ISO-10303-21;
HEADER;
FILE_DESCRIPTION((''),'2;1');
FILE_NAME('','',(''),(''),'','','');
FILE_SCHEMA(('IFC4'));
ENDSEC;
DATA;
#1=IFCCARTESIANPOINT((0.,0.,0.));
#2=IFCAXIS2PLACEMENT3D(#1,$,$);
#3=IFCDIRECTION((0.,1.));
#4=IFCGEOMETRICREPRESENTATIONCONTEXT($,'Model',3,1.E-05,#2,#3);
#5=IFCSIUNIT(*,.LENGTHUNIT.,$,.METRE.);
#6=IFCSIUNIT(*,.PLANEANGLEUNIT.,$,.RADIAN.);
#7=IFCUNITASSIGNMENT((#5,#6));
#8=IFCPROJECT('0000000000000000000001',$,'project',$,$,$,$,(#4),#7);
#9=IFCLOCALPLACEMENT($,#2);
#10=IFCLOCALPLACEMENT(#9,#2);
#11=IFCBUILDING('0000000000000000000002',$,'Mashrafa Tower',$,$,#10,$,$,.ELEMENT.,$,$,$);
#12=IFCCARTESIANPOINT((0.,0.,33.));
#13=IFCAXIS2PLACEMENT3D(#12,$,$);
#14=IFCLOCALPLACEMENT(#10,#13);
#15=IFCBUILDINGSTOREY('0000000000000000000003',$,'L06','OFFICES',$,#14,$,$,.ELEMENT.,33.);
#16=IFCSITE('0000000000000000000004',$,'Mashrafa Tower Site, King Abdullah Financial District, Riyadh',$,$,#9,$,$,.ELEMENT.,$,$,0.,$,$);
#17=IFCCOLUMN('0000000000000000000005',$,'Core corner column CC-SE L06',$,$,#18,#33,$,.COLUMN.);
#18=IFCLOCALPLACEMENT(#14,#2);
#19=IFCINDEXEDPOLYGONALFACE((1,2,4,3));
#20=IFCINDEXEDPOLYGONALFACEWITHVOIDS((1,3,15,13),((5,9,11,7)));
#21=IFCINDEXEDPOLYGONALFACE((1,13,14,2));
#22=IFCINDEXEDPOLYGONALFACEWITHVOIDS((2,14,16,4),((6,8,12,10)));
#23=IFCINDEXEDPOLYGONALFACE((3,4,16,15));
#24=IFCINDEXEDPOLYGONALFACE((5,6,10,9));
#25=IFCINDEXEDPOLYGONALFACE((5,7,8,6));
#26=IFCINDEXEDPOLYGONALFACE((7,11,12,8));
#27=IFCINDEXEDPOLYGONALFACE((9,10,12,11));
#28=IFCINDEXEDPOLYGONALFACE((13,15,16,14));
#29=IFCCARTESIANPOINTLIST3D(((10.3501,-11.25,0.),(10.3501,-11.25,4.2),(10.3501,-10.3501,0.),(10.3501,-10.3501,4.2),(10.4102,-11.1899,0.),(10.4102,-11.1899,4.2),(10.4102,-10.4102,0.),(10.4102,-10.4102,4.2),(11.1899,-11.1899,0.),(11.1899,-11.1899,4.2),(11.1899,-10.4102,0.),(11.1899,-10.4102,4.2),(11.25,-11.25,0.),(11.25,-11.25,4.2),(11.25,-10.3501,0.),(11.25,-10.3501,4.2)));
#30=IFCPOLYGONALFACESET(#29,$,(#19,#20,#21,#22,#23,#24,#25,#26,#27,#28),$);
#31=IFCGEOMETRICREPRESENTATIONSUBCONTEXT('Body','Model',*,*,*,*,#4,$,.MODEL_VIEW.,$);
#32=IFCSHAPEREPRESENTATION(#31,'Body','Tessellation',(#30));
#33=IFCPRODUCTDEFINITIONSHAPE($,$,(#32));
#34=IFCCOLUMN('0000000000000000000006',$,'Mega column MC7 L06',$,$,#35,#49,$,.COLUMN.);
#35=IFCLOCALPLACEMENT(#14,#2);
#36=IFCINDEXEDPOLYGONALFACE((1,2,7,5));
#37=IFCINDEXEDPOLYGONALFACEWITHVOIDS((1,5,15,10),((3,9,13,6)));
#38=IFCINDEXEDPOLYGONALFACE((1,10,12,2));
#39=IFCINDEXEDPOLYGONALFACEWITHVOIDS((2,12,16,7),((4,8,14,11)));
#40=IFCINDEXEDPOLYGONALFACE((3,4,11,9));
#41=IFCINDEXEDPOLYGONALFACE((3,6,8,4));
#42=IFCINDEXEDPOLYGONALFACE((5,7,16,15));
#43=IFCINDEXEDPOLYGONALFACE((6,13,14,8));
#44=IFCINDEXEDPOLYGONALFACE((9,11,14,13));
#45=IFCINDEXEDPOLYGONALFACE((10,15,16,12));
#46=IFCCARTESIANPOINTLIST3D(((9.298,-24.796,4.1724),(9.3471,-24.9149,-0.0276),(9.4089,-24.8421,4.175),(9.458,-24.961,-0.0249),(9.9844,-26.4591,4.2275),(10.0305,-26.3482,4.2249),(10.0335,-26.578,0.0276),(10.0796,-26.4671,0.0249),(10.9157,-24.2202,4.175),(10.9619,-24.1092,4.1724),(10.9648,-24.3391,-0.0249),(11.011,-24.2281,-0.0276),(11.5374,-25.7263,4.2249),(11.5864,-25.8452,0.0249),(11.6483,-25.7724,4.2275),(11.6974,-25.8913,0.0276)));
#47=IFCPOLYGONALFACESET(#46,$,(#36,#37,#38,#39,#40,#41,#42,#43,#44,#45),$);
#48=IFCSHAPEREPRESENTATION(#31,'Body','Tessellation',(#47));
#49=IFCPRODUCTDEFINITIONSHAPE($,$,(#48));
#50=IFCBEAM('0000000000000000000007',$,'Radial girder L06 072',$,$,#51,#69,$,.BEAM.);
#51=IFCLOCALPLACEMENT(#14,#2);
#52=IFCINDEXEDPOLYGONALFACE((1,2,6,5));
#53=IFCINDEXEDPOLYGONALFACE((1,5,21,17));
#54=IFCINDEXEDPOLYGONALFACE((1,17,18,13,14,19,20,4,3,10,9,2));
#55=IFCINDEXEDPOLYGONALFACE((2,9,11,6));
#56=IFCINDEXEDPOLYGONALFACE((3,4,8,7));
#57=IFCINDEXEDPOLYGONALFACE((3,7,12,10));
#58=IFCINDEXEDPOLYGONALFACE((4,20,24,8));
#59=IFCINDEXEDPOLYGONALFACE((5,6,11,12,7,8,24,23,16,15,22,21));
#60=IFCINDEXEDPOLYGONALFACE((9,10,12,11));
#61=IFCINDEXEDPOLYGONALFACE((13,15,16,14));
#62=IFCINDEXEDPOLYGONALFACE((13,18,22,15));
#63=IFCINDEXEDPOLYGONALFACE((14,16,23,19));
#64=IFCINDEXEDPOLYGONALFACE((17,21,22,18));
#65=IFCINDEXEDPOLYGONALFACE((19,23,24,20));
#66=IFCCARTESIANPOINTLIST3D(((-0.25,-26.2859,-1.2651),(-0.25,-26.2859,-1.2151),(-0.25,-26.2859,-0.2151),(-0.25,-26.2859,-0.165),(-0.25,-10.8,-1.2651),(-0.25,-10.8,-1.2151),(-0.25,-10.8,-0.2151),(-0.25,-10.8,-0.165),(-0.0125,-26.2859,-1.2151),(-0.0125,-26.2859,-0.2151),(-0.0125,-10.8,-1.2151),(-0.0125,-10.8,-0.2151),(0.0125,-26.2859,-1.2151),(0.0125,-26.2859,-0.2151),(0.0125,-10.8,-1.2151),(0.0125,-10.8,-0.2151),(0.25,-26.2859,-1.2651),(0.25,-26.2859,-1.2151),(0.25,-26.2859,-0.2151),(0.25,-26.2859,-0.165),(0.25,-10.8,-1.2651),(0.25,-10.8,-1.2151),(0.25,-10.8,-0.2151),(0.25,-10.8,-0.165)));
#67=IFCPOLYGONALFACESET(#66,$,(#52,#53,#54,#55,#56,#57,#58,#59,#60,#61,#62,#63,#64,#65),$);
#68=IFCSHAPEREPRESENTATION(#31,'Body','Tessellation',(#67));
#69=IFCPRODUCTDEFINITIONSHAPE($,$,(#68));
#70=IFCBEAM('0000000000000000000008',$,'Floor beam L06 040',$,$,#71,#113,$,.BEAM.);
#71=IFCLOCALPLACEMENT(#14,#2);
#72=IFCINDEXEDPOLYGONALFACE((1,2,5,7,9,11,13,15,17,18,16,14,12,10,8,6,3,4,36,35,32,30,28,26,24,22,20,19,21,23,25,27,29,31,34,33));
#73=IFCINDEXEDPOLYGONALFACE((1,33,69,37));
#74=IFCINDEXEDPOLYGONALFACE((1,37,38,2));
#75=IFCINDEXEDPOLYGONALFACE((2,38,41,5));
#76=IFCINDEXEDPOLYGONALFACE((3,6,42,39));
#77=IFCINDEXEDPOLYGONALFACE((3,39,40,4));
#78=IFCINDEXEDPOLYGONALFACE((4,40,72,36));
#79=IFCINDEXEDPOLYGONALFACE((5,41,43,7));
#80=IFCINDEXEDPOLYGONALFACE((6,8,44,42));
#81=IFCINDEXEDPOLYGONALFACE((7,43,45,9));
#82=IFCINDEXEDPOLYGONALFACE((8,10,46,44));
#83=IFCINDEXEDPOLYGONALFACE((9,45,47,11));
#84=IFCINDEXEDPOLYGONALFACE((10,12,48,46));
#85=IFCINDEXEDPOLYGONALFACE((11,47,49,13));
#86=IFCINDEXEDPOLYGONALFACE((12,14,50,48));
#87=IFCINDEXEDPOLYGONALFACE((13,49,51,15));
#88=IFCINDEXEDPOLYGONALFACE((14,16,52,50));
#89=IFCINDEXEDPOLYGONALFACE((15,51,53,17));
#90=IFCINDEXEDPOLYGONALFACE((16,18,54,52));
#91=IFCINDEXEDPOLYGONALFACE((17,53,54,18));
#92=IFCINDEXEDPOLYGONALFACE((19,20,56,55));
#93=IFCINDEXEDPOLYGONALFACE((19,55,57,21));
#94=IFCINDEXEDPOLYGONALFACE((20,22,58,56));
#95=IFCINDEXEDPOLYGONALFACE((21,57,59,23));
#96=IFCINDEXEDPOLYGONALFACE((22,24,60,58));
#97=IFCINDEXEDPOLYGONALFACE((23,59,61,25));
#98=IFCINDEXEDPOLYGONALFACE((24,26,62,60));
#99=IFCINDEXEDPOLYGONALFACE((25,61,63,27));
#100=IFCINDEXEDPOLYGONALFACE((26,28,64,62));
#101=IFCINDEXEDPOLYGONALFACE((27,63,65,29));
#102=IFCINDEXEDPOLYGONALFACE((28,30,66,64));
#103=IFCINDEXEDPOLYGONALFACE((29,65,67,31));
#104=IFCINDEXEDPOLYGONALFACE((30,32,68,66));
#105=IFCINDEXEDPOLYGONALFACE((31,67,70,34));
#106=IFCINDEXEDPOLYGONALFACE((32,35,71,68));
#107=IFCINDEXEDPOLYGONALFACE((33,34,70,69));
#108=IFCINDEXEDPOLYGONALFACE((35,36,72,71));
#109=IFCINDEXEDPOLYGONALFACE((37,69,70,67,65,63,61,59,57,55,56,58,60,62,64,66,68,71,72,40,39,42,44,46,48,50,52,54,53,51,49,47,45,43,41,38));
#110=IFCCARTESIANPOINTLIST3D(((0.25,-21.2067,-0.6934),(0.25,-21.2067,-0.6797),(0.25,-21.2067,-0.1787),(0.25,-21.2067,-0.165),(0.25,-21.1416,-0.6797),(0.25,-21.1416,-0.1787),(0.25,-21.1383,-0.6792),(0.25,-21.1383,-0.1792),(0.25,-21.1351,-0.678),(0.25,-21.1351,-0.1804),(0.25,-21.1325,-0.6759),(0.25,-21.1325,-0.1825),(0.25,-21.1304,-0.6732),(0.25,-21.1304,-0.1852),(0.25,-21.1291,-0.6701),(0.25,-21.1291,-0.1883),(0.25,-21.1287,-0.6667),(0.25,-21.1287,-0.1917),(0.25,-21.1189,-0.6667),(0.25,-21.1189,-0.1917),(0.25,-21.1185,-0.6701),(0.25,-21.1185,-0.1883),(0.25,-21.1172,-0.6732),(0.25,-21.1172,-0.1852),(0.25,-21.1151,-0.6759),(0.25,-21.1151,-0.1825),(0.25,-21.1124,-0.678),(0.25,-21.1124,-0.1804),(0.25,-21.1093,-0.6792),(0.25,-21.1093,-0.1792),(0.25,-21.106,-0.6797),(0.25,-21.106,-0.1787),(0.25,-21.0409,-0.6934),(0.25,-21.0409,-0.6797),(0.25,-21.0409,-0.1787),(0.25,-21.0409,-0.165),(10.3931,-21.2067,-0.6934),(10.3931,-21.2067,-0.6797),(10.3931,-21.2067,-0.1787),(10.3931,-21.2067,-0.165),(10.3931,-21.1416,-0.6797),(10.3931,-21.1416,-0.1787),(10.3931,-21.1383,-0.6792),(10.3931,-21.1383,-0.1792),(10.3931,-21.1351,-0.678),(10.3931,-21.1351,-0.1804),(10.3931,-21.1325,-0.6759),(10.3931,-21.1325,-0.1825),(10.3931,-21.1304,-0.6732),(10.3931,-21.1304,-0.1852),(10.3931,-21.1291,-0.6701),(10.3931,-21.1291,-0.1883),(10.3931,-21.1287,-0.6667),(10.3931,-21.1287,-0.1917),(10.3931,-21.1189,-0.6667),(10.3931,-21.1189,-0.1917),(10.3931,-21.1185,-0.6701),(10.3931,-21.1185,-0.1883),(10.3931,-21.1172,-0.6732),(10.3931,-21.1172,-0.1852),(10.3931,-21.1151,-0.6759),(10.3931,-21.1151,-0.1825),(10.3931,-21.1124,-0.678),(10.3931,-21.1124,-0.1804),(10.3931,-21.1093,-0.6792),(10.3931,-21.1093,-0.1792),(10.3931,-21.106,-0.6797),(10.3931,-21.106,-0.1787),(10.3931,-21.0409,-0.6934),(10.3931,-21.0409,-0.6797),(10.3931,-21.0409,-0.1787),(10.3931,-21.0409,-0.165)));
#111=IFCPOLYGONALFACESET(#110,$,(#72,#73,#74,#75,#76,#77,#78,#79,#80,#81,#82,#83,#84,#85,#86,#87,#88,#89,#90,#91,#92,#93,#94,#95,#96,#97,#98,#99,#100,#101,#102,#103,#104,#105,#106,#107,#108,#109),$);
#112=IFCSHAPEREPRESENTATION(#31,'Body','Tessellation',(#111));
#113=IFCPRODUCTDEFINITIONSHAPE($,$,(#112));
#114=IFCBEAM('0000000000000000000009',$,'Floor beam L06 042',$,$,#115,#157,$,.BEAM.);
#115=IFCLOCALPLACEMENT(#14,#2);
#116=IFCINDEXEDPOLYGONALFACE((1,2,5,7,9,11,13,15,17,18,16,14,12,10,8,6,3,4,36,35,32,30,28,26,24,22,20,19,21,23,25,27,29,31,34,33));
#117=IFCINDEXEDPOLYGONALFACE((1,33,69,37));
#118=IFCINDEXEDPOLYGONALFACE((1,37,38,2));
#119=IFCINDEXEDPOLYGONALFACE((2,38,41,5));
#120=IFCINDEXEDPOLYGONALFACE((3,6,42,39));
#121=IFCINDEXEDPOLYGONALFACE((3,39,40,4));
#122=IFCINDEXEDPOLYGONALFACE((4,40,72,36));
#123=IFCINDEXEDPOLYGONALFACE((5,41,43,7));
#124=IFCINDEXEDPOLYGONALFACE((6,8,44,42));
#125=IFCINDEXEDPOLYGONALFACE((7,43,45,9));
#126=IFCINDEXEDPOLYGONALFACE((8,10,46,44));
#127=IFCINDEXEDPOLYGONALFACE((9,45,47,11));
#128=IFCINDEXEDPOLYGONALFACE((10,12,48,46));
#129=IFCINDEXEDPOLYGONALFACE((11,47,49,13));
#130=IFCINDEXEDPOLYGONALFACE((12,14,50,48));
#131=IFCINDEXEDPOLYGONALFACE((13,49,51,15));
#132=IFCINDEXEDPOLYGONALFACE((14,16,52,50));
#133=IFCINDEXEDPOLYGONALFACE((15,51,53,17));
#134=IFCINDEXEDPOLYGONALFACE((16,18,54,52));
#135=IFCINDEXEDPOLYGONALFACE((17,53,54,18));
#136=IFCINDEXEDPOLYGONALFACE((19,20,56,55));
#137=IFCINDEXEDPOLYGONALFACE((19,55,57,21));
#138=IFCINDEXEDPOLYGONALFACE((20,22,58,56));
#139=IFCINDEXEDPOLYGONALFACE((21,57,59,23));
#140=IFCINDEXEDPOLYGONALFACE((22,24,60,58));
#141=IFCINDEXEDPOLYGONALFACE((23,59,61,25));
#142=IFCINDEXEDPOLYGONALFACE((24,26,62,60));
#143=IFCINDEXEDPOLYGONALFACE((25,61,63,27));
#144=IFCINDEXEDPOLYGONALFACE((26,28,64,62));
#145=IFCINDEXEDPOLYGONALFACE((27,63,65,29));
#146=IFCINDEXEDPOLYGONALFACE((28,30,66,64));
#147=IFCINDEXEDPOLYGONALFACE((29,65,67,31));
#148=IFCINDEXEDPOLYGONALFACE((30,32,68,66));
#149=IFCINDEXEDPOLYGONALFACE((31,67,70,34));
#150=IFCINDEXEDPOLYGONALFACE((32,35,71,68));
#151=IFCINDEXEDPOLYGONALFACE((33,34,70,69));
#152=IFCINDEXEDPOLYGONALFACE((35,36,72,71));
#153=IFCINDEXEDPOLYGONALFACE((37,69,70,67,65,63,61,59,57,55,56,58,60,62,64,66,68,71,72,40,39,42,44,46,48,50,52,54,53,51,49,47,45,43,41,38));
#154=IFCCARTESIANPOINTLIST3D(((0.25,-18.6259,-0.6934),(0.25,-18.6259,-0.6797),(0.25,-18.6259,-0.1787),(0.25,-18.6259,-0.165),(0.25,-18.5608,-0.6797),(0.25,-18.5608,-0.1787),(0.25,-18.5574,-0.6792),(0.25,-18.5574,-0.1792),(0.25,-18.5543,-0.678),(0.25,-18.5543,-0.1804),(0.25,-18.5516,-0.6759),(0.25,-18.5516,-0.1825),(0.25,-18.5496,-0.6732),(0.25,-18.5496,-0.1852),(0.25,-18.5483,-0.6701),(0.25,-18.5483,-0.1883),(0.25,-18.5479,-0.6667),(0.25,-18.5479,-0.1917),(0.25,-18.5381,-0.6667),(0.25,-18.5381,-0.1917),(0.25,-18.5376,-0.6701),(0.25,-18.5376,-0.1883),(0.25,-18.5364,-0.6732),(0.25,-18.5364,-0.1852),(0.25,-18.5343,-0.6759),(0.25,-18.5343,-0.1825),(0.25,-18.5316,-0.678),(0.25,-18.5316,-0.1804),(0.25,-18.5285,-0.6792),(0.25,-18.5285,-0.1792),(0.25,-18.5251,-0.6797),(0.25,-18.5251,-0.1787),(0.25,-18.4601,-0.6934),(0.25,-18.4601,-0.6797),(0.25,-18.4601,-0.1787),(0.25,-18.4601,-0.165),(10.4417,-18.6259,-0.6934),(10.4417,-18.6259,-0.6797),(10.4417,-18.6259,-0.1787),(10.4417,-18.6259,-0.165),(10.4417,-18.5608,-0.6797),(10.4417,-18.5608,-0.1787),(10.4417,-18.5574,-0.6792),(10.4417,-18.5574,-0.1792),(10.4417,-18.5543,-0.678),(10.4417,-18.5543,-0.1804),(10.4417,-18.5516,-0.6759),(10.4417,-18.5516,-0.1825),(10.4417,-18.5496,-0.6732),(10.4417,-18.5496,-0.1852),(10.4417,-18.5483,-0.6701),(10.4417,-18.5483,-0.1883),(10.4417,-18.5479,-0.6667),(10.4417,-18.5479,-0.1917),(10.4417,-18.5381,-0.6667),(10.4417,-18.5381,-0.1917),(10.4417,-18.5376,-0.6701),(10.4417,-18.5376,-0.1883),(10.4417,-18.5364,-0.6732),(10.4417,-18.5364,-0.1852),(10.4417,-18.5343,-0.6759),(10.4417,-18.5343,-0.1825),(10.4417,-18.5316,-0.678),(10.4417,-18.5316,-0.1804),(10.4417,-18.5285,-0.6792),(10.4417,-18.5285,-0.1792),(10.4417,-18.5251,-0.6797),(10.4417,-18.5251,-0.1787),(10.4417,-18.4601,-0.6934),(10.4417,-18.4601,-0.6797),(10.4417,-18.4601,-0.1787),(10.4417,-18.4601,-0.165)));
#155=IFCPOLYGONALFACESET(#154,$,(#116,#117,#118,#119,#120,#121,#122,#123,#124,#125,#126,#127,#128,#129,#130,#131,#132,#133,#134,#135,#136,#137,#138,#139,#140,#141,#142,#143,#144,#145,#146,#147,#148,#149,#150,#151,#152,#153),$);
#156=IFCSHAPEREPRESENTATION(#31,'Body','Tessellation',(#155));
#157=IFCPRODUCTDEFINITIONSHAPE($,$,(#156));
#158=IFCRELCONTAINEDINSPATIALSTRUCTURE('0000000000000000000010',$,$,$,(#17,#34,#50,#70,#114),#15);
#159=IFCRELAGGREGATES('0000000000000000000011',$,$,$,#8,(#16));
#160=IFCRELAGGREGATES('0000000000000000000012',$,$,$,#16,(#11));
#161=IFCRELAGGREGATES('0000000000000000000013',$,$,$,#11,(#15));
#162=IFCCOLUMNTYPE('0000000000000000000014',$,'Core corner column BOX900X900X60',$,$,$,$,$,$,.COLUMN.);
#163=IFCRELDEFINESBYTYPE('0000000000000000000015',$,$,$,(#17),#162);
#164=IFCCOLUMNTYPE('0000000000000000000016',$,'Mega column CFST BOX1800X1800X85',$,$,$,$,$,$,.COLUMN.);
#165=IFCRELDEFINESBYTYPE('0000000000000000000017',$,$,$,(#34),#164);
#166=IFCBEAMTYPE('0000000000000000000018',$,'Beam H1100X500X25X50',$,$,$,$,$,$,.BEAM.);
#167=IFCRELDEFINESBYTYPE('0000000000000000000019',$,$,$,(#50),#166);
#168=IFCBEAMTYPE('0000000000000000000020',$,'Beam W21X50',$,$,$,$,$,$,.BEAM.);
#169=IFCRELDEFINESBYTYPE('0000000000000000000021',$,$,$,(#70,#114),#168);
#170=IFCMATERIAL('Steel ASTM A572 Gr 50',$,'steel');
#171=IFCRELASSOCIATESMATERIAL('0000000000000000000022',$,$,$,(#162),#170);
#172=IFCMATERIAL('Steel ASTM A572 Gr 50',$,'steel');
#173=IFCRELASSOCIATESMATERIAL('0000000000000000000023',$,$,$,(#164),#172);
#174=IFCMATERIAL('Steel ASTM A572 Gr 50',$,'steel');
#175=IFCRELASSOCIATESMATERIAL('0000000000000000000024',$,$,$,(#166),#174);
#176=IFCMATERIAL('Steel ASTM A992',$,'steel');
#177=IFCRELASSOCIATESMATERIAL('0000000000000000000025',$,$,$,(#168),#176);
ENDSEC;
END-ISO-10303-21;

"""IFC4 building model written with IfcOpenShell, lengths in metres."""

from ifc_helpers import new_model, si_unit, direction, frame, origin, origin_2d, place, context, subcontext, project, spatial, hollow_rectangle, i_section, extrude, material, material_profile, profile_set, type_object, element, save


model = new_model("IFC4")

# Units and contexts
model_context = context("Model", 3, precision=1e-05, world=origin(), true_north=direction((0.0, 1.0)))
body_context = subcontext(model_context, "Body", "Model", "MODEL_VIEW")
ifc_project = project(units=[si_unit("LENGTHUNIT", "METRE"), si_unit("PLANEANGLEUNIT", "RADIAN")], contexts=[model_context])

# Site, building, storey
site_placement = place(None, origin())
site = spatial("IfcSite", under=ifc_project, at=site_placement, Name="Mashrafa Tower Site, King Abdullah Financial District, Riyadh", CompositionType="ELEMENT", RefElevation=0.0)
building_placement = place(site_placement, origin())
building = spatial("IfcBuilding", under=site, at=building_placement, Name="Mashrafa Tower", CompositionType="ELEMENT")
storey_placement = place(building_placement, frame((0.0, 0.0, 33.0)))
storey = spatial("IfcBuildingStorey", under=building, at=storey_placement, Name="L06", Description="OFFICES", CompositionType="ELEMENT", Elevation=33.0)

# Columns
ifc_material_1 = material(Name="Steel ASTM A572 Gr 50", Category="steel")
ifc_material_profile_1 = material_profile(ifc_material_1, hollow_rectangle(XDim=0.8999, YDim=0.8999, WallThickness=0.0601, at=origin_2d()), Name="BOX900X900X60")
ifc_profile_set_1 = profile_set([ifc_material_profile_1], Name="Steel ASTM A572 Gr 50")
column_type_1 = type_object("IfcColumnType", Name="Core corner column BOX900X900X60", PredefinedType="COLUMN", material=ifc_profile_set_1)
column_1_placement = place(storey_placement, frame((10.8, -10.8, 0.0), z_axis=(0.0, 0.0, 1.0), x_axis=(1.0, 0.0, 0.0)))
element("IfcColumn", 1, at=column_1_placement, inside=storey, type_object=column_type_1, Name="Core corner column CC-SE L06", PredefinedType="COLUMN", context=body_context, shape_type="SweptSolid", body=[
    extrude(hollow_rectangle(XDim=0.8999, YDim=0.8999, WallThickness=0.0601, at=origin_2d()), origin(), (0.0, 0.0, 1.0), 4.2),
])
ifc_material_2 = material(Name="Steel ASTM A572 Gr 50", Category="steel")
ifc_material_profile_2 = material_profile(ifc_material_2, hollow_rectangle(XDim=1.8, YDim=1.8, WallThickness=0.085, at=origin_2d()), Name="BOX1800X1800X85")
ifc_profile_set_2 = profile_set([ifc_material_profile_2], Name="Steel ASTM A572 Gr 50")
column_type_2 = type_object("IfcColumnType", Name="Mega column CFST BOX1800X1800X85", PredefinedType="COLUMN", material=ifc_profile_set_2)
column_2_placement = place(storey_placement, frame((10.5222, -25.4031, 0.0), z_axis=(-0.011679, 0.028296, 0.999531), x_axis=(-0.924363, -0.381513, 0.0)))
element("IfcColumn", 2, at=column_2_placement, inside=storey, type_object=column_type_2, Name="Mega column MC7 L06", PredefinedType="COLUMN", context=body_context, shape_type="SweptSolid", body=[
    extrude(hollow_rectangle(XDim=1.8, YDim=1.8, WallThickness=0.085, at=origin_2d()), origin(), (0.0, 0.0, 1.0), 4.2019),
])

# Beams
ifc_material_3 = material(Name="Steel ASTM A572 Gr 50", Category="steel")
ifc_material_profile_3 = material_profile(ifc_material_3, i_section(OverallWidth=0.5, OverallDepth=1.1001, WebThickness=0.0249, FlangeThickness=0.05, at=origin_2d()), Name="H1100X500X25X50")
ifc_profile_set_3 = profile_set([ifc_material_profile_3], Name="Steel ASTM A572 Gr 50")
beam_type_1 = type_object("IfcBeamType", Name="Beam H1100X500X25X50", PredefinedType="BEAM", material=ifc_profile_set_3)
beam_1_placement = place(storey_placement, frame((0.0, -10.8, -0.7151), z_axis=(0.0, -1.0, 0.0), x_axis=(1.0, 0.0, 0.0)))
element("IfcBeam", 3, at=beam_1_placement, inside=storey, type_object=beam_type_1, Name="Radial girder L06 072", PredefinedType="BEAM", context=body_context, shape_type="SweptSolid", body=[
    extrude(i_section(OverallWidth=0.5, OverallDepth=1.1001, WebThickness=0.0249, FlangeThickness=0.05, at=origin_2d()), origin(), (0.0, 0.0, 1.0), 15.4858),
])
ifc_material_4 = material(Name="Steel ASTM A992", Category="steel")
ifc_material_profile_4 = material_profile(ifc_material_4, i_section(OverallWidth=0.1658, OverallDepth=0.5283, WebThickness=0.0098, FlangeThickness=0.0137, FilletRadius=0.0129, at=origin_2d()), Name="W21X50")
ifc_profile_set_4 = profile_set([ifc_material_profile_4], Name="Steel ASTM A992")
beam_type_2 = type_object("IfcBeamType", Name="Beam W21X50", PredefinedType="BEAM", material=ifc_profile_set_4)
beam_2_placement = place(storey_placement, frame((10.3931, -21.1238, -0.4292), z_axis=(-1.0, 0.0, 0.0), x_axis=(0.0, -1.0, 0.0)))
element("IfcBeam", 4, at=beam_2_placement, inside=storey, type_object=beam_type_2, Name="Floor beam L06 040", PredefinedType="BEAM", context=body_context, shape_type="SweptSolid", body=[
    extrude(i_section(OverallWidth=0.1658, OverallDepth=0.5283, WebThickness=0.0098, FlangeThickness=0.0137, FilletRadius=0.0129, at=origin_2d()), origin(), (0.0, 0.0, 1.0), 10.1431),
])
beam_3_placement = place(storey_placement, frame((10.4417, -18.543, -0.4292), z_axis=(-1.0, 0.0, 0.0), x_axis=(0.0, -1.0, 0.0)))
element("IfcBeam", 5, at=beam_3_placement, inside=storey, type_object=beam_type_2, Name="Floor beam L06 042", PredefinedType="BEAM", context=body_context, shape_type="SweptSolid", body=[
    extrude(i_section(OverallWidth=0.1658, OverallDepth=0.5283, WebThickness=0.0098, FlangeThickness=0.0137, FilletRadius=0.0129, at=origin_2d()), origin(), (0.0, 0.0, 1.0), 10.1917),
])

save(model, "model.ifc")
